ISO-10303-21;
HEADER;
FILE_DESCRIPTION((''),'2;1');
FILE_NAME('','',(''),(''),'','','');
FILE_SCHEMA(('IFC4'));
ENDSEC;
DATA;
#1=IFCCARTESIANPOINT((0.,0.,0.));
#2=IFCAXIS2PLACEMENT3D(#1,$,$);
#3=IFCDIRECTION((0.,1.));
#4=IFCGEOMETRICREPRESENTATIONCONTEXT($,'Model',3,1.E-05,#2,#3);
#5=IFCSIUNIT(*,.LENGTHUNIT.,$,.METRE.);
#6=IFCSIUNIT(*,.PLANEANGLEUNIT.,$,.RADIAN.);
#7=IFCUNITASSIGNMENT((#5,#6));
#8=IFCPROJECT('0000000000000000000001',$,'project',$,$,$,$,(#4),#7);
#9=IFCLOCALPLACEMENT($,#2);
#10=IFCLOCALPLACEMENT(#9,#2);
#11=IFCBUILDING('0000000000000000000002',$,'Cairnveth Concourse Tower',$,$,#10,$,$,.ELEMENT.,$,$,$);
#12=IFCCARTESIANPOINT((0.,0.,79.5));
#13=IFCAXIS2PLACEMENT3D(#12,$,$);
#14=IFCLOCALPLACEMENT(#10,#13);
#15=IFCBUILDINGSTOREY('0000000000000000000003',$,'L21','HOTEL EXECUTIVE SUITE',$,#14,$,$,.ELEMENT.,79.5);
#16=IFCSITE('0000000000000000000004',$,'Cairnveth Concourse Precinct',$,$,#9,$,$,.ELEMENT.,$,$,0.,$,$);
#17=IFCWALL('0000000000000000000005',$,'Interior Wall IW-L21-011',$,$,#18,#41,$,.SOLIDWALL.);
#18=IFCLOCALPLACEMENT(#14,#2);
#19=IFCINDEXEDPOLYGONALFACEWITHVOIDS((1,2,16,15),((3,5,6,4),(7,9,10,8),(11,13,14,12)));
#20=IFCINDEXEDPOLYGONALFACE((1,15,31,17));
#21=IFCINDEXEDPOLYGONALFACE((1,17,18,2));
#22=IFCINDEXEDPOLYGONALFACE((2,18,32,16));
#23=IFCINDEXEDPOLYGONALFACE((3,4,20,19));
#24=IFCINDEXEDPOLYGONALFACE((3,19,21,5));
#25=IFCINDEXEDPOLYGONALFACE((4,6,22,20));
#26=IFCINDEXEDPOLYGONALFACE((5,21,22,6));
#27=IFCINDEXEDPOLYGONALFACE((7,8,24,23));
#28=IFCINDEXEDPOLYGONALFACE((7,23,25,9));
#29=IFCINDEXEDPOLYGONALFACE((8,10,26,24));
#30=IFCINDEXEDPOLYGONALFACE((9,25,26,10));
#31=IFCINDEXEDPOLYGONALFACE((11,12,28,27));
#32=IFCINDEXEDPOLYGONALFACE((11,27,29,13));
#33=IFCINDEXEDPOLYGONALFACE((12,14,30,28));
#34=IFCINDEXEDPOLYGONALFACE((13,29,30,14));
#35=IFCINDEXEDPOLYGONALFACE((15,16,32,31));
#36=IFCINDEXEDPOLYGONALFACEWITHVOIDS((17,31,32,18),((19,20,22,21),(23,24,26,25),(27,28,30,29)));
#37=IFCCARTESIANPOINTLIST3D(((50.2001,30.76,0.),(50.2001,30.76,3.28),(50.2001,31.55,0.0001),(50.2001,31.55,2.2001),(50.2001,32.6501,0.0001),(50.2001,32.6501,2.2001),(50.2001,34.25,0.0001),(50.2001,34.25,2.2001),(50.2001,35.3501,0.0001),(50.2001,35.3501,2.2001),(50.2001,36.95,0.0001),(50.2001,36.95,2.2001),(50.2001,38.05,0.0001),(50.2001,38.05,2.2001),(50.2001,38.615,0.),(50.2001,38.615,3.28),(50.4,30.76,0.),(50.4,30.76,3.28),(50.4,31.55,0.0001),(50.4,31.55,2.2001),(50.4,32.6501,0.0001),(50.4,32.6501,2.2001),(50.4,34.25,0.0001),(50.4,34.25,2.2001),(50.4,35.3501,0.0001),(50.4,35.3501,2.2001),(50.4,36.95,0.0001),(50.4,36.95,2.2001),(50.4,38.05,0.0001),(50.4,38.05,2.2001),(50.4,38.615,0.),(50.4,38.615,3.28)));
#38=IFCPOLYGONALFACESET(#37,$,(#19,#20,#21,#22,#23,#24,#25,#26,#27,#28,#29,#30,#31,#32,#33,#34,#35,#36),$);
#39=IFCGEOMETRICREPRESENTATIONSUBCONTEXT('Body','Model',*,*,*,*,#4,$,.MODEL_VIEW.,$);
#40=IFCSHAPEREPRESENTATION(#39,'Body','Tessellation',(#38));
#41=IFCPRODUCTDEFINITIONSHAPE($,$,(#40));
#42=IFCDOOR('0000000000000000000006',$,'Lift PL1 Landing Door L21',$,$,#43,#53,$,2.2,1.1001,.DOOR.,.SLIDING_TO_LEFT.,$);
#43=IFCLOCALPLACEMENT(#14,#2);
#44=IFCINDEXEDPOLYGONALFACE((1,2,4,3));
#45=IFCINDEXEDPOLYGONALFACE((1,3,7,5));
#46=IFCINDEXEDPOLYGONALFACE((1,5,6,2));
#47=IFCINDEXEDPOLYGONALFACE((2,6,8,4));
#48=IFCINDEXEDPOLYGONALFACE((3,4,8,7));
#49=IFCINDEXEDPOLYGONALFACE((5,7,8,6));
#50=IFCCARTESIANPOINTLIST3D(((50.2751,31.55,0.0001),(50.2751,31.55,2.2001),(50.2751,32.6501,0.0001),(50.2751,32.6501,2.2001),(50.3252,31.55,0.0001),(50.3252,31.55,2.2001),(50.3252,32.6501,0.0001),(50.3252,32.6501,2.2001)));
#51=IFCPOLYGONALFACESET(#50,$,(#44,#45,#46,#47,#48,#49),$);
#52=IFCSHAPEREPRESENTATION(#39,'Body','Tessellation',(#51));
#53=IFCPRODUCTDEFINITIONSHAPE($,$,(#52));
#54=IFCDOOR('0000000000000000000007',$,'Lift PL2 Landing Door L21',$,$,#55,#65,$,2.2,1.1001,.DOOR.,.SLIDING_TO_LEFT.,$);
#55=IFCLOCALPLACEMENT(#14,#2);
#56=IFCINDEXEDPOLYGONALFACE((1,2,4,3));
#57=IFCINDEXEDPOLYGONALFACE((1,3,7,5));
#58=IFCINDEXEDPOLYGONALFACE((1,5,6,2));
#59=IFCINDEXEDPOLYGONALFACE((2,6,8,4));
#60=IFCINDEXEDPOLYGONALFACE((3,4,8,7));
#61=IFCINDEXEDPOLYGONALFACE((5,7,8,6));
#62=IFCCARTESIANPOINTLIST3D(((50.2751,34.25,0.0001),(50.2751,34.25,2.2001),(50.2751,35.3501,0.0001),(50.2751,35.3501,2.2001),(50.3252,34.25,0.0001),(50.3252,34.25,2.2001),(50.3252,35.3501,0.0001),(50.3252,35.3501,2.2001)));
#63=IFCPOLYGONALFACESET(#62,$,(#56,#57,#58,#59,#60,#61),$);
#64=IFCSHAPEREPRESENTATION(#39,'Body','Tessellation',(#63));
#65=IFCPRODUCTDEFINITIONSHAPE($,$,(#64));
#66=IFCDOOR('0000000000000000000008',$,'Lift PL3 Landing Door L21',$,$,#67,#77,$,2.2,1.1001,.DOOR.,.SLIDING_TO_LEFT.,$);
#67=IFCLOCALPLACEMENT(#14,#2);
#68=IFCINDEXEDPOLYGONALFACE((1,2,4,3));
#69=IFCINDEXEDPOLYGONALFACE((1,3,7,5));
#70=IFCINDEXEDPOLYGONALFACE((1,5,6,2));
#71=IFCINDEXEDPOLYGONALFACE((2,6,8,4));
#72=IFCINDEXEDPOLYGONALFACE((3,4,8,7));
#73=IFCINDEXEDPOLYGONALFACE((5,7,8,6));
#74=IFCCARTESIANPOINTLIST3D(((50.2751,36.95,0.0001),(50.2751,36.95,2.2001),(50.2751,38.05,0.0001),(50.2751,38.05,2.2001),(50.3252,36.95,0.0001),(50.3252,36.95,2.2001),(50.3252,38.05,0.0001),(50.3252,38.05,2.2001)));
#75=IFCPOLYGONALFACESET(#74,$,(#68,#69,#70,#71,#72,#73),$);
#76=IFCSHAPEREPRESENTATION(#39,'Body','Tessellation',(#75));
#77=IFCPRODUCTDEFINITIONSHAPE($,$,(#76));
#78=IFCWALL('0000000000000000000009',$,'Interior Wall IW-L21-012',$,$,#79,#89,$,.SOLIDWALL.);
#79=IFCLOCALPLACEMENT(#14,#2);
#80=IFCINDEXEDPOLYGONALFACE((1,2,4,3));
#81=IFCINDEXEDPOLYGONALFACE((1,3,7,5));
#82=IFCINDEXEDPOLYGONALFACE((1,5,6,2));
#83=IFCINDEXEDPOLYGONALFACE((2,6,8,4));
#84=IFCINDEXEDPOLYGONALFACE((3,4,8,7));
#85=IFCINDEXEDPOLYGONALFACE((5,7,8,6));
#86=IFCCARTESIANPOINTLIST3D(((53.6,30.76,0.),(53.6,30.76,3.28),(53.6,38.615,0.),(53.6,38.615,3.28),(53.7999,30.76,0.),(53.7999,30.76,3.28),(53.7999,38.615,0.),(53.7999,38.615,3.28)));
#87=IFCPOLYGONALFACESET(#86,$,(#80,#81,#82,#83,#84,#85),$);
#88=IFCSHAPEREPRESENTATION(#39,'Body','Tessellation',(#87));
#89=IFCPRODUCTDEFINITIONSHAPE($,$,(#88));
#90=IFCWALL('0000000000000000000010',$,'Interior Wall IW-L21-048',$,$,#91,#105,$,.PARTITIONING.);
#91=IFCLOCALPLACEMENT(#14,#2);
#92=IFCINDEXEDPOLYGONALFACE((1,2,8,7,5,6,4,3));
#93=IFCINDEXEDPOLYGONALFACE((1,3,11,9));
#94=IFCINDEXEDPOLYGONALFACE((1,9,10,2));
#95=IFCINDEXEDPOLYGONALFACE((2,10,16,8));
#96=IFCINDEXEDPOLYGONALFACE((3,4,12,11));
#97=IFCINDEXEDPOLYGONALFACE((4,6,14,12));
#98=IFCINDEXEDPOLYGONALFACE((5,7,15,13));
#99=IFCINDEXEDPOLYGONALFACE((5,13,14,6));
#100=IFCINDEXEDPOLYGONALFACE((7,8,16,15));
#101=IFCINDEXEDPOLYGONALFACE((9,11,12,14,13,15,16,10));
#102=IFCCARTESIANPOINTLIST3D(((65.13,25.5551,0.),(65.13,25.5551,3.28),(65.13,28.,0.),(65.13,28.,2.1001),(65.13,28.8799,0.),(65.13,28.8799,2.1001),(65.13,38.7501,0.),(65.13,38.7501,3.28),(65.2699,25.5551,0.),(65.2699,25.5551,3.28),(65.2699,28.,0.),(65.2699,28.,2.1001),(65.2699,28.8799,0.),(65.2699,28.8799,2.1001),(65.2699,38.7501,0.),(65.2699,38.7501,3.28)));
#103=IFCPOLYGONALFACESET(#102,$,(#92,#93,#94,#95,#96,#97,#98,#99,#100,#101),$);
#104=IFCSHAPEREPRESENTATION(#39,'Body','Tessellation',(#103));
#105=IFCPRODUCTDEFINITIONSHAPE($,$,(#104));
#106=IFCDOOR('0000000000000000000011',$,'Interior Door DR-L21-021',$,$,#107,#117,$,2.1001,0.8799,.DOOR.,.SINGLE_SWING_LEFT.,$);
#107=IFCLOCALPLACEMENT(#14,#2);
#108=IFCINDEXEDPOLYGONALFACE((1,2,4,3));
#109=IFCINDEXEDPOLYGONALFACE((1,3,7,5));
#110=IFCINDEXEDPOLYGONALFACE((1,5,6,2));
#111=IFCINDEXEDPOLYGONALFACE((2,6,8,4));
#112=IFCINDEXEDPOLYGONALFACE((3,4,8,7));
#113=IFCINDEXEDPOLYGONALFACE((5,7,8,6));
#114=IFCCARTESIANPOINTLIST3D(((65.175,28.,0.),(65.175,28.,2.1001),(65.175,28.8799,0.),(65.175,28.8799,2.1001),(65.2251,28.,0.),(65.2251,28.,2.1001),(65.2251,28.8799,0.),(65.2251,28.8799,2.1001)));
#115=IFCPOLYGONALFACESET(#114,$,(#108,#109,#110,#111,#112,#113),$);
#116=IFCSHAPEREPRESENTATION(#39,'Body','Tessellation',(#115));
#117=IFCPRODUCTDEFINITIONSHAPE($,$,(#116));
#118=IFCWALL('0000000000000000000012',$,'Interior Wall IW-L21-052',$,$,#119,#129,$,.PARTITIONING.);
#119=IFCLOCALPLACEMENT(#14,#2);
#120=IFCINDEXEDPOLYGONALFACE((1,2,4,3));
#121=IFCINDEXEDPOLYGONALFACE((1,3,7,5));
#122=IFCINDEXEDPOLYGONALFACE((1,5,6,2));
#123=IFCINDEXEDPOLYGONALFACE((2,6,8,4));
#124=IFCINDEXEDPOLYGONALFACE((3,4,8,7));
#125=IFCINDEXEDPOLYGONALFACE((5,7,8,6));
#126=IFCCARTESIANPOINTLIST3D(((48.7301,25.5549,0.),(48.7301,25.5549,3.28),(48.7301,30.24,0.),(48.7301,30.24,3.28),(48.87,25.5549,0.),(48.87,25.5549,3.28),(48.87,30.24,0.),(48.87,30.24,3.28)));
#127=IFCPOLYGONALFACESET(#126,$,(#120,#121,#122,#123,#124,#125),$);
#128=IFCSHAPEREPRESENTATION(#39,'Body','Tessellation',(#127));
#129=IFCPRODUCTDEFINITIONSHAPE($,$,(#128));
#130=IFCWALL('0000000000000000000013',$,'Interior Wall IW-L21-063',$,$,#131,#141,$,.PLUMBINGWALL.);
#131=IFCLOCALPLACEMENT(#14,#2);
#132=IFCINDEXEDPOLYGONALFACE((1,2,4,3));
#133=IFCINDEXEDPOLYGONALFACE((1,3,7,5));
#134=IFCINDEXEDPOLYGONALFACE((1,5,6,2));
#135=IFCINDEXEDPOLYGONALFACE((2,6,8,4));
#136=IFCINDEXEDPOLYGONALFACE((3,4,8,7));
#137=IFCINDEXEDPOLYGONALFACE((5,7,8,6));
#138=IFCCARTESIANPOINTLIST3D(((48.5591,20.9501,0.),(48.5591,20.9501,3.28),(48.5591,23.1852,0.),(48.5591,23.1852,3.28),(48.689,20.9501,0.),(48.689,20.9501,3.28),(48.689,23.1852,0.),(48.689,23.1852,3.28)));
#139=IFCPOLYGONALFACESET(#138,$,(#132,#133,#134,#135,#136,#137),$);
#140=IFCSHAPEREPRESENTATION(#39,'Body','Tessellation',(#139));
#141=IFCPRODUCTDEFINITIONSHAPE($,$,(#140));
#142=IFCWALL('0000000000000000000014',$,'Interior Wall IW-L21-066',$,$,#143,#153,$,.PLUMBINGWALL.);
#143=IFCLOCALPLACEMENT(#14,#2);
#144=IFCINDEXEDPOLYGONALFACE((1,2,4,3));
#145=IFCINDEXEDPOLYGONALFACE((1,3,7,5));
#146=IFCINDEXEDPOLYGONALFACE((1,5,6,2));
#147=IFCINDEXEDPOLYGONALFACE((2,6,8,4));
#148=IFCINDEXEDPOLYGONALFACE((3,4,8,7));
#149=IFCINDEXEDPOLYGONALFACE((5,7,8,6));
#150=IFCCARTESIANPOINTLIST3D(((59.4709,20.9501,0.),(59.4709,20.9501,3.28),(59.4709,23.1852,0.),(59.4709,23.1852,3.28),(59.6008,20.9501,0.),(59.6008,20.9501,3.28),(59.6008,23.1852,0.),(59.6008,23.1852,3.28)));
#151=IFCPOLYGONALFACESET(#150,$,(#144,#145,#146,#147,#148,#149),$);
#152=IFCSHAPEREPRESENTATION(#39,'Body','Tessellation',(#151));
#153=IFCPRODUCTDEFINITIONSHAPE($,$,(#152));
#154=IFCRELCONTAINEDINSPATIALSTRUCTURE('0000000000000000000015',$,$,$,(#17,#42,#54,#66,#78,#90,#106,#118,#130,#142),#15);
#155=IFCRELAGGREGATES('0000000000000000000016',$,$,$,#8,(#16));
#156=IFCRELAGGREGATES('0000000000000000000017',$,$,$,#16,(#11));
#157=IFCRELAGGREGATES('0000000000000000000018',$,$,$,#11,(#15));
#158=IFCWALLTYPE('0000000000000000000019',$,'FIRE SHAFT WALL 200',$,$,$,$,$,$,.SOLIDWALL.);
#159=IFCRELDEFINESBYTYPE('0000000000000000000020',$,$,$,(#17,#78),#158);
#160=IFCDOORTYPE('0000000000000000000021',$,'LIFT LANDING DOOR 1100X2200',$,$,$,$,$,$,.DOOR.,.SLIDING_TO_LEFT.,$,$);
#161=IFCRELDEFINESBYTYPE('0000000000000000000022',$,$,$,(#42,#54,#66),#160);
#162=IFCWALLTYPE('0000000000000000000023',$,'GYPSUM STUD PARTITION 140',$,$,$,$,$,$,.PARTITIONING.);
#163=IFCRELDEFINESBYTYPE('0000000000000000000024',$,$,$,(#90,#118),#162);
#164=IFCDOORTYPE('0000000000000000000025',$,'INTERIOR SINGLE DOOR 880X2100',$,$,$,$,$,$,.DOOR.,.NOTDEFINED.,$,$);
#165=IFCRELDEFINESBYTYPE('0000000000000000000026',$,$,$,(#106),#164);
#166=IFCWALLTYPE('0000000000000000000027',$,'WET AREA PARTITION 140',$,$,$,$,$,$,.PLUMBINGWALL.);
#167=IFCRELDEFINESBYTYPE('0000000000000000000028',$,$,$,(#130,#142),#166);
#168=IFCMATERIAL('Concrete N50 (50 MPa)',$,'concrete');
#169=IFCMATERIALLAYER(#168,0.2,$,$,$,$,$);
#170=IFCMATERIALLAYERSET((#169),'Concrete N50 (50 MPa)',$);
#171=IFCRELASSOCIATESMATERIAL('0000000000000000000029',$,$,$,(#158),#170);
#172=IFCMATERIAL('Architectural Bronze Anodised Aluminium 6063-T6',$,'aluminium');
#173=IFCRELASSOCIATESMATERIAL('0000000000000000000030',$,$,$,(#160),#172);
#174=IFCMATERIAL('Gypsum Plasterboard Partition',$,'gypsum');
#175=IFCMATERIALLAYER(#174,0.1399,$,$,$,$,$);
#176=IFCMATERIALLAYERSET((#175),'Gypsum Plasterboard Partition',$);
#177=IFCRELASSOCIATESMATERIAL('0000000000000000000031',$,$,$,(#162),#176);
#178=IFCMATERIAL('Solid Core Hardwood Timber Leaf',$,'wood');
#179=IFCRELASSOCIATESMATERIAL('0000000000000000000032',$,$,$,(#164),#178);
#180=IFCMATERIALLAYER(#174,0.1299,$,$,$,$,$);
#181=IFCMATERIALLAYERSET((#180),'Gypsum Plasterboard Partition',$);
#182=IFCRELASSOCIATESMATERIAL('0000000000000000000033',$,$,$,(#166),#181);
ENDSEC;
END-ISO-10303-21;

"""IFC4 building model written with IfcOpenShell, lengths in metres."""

from ifc_helpers import new_model, si_unit, direction, frame, frame_2d, origin, place, context, subcontext, project, spatial, rectangle, extrude, material, layer, layer_set, type_object, element, fill, save


model = new_model("IFC4")

# Units and contexts
model_context = context("Model", 3, precision=1e-05, world=origin(), true_north=direction((0.0, 1.0)))
body_context = subcontext(model_context, "Body", "Model", "MODEL_VIEW")
ifc_project = project(units=[si_unit("LENGTHUNIT", "METRE"), si_unit("PLANEANGLEUNIT", "RADIAN")], contexts=[model_context])

# Site, building, storey
site_placement = place(None, origin())
site = spatial("IfcSite", under=ifc_project, at=site_placement, Name="Cairnveth Concourse Precinct", CompositionType="ELEMENT", RefElevation=0.0)
building_placement = place(site_placement, origin())
building = spatial("IfcBuilding", under=site, at=building_placement, Name="Cairnveth Concourse Tower", CompositionType="ELEMENT")
storey_placement = place(building_placement, frame((0.0, 0.0, 79.5)))
storey = spatial("IfcBuildingStorey", under=building, at=storey_placement, Name="L21", Description="HOTEL EXECUTIVE SUITE", CompositionType="ELEMENT", Elevation=79.5)

# Shared definitions
ifc_material_1 = material(Name="Gypsum Plasterboard Partition", Category="gypsum")

# Wall, openings, doors
ifc_material_2 = material(Name="Concrete N50 (50 MPa)", Category="concrete")
ifc_layer_1 = layer(ifc_material_2, 0.2)
ifc_layer_set_1 = layer_set([ifc_layer_1], Name="Concrete N50 (50 MPa)")
wall_type_1 = type_object("IfcWallType", Name="FIRE SHAFT WALL 200", PredefinedType="SOLIDWALL", material=ifc_layer_set_1)
wall_1_placement = place(storey_placement, frame((50.3, 30.76, 0.0), z_axis=(0.0, 0.0, 1.0), x_axis=(0.0, 1.0, 0.0)))
wall_1 = element("IfcWall", 1, at=wall_1_placement, inside=storey, type_object=wall_type_1, Name="Interior Wall IW-L21-011", PredefinedType="SOLIDWALL", context=body_context, shape_type="SweptSolid", body=[
    extrude(rectangle(XDim=7.855, YDim=0.2, at=frame_2d((3.9275, 0.0))), origin(), (0.0, 0.0, 1.0), 3.28),
])
opening_1_placement = place(wall_1_placement, frame((0.79, 0.0, 0.0)))
opening_1 = element("IfcOpeningElement", 2, at=opening_1_placement, cuts=wall_1, PredefinedType="OPENING", context=body_context, shape_type="SweptSolid", body=[
    extrude(rectangle(XDim=1.1001, YDim=2.2, at=frame_2d((0.55, 1.1001))), frame((0.0, 0.1099, 0.0), z_axis=(0.0, -1.0, 0.0), x_axis=(1.0, 0.0, 0.0)), (0.0, 0.0, 1.0), 0.22),
])
opening_2_placement = place(wall_1_placement, frame((3.49, 0.0, 0.0)))
opening_2 = element("IfcOpeningElement", 3, at=opening_2_placement, cuts=wall_1, PredefinedType="OPENING", context=body_context, shape_type="SweptSolid", body=[
    extrude(rectangle(XDim=1.1001, YDim=2.2, at=frame_2d((0.55, 1.1001))), frame((0.0, 0.1099, 0.0), z_axis=(0.0, -1.0, 0.0), x_axis=(1.0, 0.0, 0.0)), (0.0, 0.0, 1.0), 0.22),
])
opening_3_placement = place(wall_1_placement, frame((6.1899, 0.0, 0.0)))
opening_3 = element("IfcOpeningElement", 4, at=opening_3_placement, cuts=wall_1, PredefinedType="OPENING", context=body_context, shape_type="SweptSolid", body=[
    extrude(rectangle(XDim=1.1001, YDim=2.2, at=frame_2d((0.55, 1.1001))), frame((0.0, 0.1099, 0.0), z_axis=(0.0, -1.0, 0.0), x_axis=(1.0, 0.0, 0.0)), (0.0, 0.0, 1.0), 0.22),
])
ifc_material_3 = material(Name="Architectural Bronze Anodised Aluminium 6063-T6", Category="aluminium")
door_type_1 = type_object("IfcDoorType", Name="LIFT LANDING DOOR 1100X2200", OperationType="SLIDING_TO_LEFT", PredefinedType="DOOR", material=ifc_material_3)
door_1_placement = place(opening_1_placement, origin())
door_1 = element("IfcDoor", 5, at=door_1_placement, inside=storey, type_object=door_type_1, Name="Lift PL1 Landing Door L21", OperationType="SLIDING_TO_LEFT", OverallHeight=2.2, OverallWidth=1.1001, PredefinedType="DOOR", context=body_context, shape_type="SweptSolid", body=[
    extrude(rectangle(XDim=1.1001, YDim=2.2, at=frame_2d((0.55, 1.1001))), frame((0.0, 0.0249, 0.0), z_axis=(0.0, -1.0, 0.0), x_axis=(1.0, 0.0, 0.0)), (0.0, 0.0, 1.0), 0.05),
])
fill(opening_1, door_1)
door_2_placement = place(opening_2_placement, origin())
door_2 = element("IfcDoor", 6, at=door_2_placement, inside=storey, type_object=door_type_1, Name="Lift PL2 Landing Door L21", OperationType="SLIDING_TO_LEFT", OverallHeight=2.2, OverallWidth=1.1001, PredefinedType="DOOR", context=body_context, shape_type="SweptSolid", body=[
    extrude(rectangle(XDim=1.1001, YDim=2.2, at=frame_2d((0.55, 1.1001))), frame((0.0, 0.0249, 0.0), z_axis=(0.0, -1.0, 0.0), x_axis=(1.0, 0.0, 0.0)), (0.0, 0.0, 1.0), 0.05),
])
fill(opening_2, door_2)
door_3_placement = place(opening_3_placement, origin())
door_3 = element("IfcDoor", 7, at=door_3_placement, inside=storey, type_object=door_type_1, Name="Lift PL3 Landing Door L21", OperationType="SLIDING_TO_LEFT", OverallHeight=2.2, OverallWidth=1.1001, PredefinedType="DOOR", context=body_context, shape_type="SweptSolid", body=[
    extrude(rectangle(XDim=1.1001, YDim=2.2, at=frame_2d((0.55, 1.1001))), frame((0.0, 0.0249, 0.0), z_axis=(0.0, -1.0, 0.0), x_axis=(1.0, 0.0, 0.0)), (0.0, 0.0, 1.0), 0.05),
])
fill(opening_3, door_3)

# Wall
wall_2_placement = place(storey_placement, frame((53.7, 30.76, 0.0), z_axis=(0.0, 0.0, 1.0), x_axis=(0.0, 1.0, 0.0)))
element("IfcWall", 8, at=wall_2_placement, inside=storey, type_object=wall_type_1, Name="Interior Wall IW-L21-012", PredefinedType="SOLIDWALL", context=body_context, shape_type="SweptSolid", body=[
    extrude(rectangle(XDim=7.855, YDim=0.2, at=frame_2d((3.9275, 0.0))), origin(), (0.0, 0.0, 1.0), 3.28),
])

# Wall, opening, door
ifc_layer_2 = layer(ifc_material_1, 0.1399)
ifc_layer_set_2 = layer_set([ifc_layer_2], Name="Gypsum Plasterboard Partition")
wall_type_2 = type_object("IfcWallType", Name="GYPSUM STUD PARTITION 140", PredefinedType="PARTITIONING", material=ifc_layer_set_2)
wall_3_placement = place(storey_placement, frame((65.2, 25.5549, 0.0), z_axis=(0.0, 0.0, 1.0), x_axis=(0.0, 1.0, 0.0)))
wall_3 = element("IfcWall", 9, at=wall_3_placement, inside=storey, type_object=wall_type_2, Name="Interior Wall IW-L21-048", PredefinedType="PARTITIONING", context=body_context, shape_type="SweptSolid", body=[
    extrude(rectangle(XDim=13.1951, YDim=0.1399, at=frame_2d((6.5977, 0.0))), origin(), (0.0, 0.0, 1.0), 3.28),
])
opening_4_placement = place(wall_3_placement, frame((2.4451, 0.0, 0.0)))
opening_4 = element("IfcOpeningElement", 10, at=opening_4_placement, cuts=wall_3, PredefinedType="OPENING", context=body_context, shape_type="SweptSolid", body=[
    extrude(rectangle(XDim=0.8799, YDim=2.1001, at=frame_2d((0.4399, 1.05))), frame((0.0, 0.0798, 0.0), z_axis=(0.0, -1.0, 0.0), x_axis=(1.0, 0.0, 0.0)), (0.0, 0.0, 1.0), 0.1599),
])
ifc_material_4 = material(Name="Solid Core Hardwood Timber Leaf", Category="wood")
door_type_2 = type_object("IfcDoorType", Name="INTERIOR SINGLE DOOR 880X2100", OperationType="NOTDEFINED", PredefinedType="DOOR", material=ifc_material_4)
door_4_placement = place(opening_4_placement, origin())
door_4 = element("IfcDoor", 11, at=door_4_placement, inside=storey, type_object=door_type_2, Name="Interior Door DR-L21-021", OperationType="SINGLE_SWING_LEFT", OverallHeight=2.1001, OverallWidth=0.8799, PredefinedType="DOOR", context=body_context, shape_type="SweptSolid", body=[
    extrude(rectangle(XDim=0.8799, YDim=2.1001, at=frame_2d((0.4399, 1.05))), frame((0.0, 0.0249, 0.0), z_axis=(0.0, -1.0, 0.0), x_axis=(1.0, 0.0, 0.0)), (0.0, 0.0, 1.0), 0.05),
])
fill(opening_4, door_4)

# Walls
wall_4_placement = place(storey_placement, frame((48.8, 25.5549, 0.0), z_axis=(0.0, 0.0, 1.0), x_axis=(0.0, 1.0, 0.0)))
element("IfcWall", 12, at=wall_4_placement, inside=storey, type_object=wall_type_2, Name="Interior Wall IW-L21-052", PredefinedType="PARTITIONING", context=body_context, shape_type="SweptSolid", body=[
    extrude(rectangle(XDim=4.6851, YDim=0.1399, at=frame_2d((2.3425, 0.0))), origin(), (0.0, 0.0, 1.0), 3.28),
])
ifc_layer_3 = layer(ifc_material_1, 0.1299)
ifc_layer_set_3 = layer_set([ifc_layer_3], Name="Gypsum Plasterboard Partition")
wall_type_3 = type_object("IfcWallType", Name="WET AREA PARTITION 140", PredefinedType="PLUMBINGWALL", material=ifc_layer_set_3)
for number, where, z_axis, x_axis, name in (
    (13, (48.624, 20.95, 0.0), (0.0, 0.0, 1.0), (0.0, 1.0, 0.0), "Interior Wall IW-L21-063"),
    (14, (59.5359, 20.95, 0.0), (0.0, 0.0, 1.0), (0.0, 1.0, 0.0), "Interior Wall IW-L21-066"),
):
    element("IfcWall", number, at=place(storey_placement, frame(where, z_axis=z_axis, x_axis=x_axis)), inside=storey, type_object=wall_type_3, Name=name, PredefinedType="PLUMBINGWALL", context=body_context, shape_type="SweptSolid", body=[
        extrude(rectangle(XDim=2.2351, YDim=0.1299, at=frame_2d((1.1177, 0.0))), origin(), (0.0, 0.0, 1.0), 3.28),
    ])

save(model, "model.ifc")
